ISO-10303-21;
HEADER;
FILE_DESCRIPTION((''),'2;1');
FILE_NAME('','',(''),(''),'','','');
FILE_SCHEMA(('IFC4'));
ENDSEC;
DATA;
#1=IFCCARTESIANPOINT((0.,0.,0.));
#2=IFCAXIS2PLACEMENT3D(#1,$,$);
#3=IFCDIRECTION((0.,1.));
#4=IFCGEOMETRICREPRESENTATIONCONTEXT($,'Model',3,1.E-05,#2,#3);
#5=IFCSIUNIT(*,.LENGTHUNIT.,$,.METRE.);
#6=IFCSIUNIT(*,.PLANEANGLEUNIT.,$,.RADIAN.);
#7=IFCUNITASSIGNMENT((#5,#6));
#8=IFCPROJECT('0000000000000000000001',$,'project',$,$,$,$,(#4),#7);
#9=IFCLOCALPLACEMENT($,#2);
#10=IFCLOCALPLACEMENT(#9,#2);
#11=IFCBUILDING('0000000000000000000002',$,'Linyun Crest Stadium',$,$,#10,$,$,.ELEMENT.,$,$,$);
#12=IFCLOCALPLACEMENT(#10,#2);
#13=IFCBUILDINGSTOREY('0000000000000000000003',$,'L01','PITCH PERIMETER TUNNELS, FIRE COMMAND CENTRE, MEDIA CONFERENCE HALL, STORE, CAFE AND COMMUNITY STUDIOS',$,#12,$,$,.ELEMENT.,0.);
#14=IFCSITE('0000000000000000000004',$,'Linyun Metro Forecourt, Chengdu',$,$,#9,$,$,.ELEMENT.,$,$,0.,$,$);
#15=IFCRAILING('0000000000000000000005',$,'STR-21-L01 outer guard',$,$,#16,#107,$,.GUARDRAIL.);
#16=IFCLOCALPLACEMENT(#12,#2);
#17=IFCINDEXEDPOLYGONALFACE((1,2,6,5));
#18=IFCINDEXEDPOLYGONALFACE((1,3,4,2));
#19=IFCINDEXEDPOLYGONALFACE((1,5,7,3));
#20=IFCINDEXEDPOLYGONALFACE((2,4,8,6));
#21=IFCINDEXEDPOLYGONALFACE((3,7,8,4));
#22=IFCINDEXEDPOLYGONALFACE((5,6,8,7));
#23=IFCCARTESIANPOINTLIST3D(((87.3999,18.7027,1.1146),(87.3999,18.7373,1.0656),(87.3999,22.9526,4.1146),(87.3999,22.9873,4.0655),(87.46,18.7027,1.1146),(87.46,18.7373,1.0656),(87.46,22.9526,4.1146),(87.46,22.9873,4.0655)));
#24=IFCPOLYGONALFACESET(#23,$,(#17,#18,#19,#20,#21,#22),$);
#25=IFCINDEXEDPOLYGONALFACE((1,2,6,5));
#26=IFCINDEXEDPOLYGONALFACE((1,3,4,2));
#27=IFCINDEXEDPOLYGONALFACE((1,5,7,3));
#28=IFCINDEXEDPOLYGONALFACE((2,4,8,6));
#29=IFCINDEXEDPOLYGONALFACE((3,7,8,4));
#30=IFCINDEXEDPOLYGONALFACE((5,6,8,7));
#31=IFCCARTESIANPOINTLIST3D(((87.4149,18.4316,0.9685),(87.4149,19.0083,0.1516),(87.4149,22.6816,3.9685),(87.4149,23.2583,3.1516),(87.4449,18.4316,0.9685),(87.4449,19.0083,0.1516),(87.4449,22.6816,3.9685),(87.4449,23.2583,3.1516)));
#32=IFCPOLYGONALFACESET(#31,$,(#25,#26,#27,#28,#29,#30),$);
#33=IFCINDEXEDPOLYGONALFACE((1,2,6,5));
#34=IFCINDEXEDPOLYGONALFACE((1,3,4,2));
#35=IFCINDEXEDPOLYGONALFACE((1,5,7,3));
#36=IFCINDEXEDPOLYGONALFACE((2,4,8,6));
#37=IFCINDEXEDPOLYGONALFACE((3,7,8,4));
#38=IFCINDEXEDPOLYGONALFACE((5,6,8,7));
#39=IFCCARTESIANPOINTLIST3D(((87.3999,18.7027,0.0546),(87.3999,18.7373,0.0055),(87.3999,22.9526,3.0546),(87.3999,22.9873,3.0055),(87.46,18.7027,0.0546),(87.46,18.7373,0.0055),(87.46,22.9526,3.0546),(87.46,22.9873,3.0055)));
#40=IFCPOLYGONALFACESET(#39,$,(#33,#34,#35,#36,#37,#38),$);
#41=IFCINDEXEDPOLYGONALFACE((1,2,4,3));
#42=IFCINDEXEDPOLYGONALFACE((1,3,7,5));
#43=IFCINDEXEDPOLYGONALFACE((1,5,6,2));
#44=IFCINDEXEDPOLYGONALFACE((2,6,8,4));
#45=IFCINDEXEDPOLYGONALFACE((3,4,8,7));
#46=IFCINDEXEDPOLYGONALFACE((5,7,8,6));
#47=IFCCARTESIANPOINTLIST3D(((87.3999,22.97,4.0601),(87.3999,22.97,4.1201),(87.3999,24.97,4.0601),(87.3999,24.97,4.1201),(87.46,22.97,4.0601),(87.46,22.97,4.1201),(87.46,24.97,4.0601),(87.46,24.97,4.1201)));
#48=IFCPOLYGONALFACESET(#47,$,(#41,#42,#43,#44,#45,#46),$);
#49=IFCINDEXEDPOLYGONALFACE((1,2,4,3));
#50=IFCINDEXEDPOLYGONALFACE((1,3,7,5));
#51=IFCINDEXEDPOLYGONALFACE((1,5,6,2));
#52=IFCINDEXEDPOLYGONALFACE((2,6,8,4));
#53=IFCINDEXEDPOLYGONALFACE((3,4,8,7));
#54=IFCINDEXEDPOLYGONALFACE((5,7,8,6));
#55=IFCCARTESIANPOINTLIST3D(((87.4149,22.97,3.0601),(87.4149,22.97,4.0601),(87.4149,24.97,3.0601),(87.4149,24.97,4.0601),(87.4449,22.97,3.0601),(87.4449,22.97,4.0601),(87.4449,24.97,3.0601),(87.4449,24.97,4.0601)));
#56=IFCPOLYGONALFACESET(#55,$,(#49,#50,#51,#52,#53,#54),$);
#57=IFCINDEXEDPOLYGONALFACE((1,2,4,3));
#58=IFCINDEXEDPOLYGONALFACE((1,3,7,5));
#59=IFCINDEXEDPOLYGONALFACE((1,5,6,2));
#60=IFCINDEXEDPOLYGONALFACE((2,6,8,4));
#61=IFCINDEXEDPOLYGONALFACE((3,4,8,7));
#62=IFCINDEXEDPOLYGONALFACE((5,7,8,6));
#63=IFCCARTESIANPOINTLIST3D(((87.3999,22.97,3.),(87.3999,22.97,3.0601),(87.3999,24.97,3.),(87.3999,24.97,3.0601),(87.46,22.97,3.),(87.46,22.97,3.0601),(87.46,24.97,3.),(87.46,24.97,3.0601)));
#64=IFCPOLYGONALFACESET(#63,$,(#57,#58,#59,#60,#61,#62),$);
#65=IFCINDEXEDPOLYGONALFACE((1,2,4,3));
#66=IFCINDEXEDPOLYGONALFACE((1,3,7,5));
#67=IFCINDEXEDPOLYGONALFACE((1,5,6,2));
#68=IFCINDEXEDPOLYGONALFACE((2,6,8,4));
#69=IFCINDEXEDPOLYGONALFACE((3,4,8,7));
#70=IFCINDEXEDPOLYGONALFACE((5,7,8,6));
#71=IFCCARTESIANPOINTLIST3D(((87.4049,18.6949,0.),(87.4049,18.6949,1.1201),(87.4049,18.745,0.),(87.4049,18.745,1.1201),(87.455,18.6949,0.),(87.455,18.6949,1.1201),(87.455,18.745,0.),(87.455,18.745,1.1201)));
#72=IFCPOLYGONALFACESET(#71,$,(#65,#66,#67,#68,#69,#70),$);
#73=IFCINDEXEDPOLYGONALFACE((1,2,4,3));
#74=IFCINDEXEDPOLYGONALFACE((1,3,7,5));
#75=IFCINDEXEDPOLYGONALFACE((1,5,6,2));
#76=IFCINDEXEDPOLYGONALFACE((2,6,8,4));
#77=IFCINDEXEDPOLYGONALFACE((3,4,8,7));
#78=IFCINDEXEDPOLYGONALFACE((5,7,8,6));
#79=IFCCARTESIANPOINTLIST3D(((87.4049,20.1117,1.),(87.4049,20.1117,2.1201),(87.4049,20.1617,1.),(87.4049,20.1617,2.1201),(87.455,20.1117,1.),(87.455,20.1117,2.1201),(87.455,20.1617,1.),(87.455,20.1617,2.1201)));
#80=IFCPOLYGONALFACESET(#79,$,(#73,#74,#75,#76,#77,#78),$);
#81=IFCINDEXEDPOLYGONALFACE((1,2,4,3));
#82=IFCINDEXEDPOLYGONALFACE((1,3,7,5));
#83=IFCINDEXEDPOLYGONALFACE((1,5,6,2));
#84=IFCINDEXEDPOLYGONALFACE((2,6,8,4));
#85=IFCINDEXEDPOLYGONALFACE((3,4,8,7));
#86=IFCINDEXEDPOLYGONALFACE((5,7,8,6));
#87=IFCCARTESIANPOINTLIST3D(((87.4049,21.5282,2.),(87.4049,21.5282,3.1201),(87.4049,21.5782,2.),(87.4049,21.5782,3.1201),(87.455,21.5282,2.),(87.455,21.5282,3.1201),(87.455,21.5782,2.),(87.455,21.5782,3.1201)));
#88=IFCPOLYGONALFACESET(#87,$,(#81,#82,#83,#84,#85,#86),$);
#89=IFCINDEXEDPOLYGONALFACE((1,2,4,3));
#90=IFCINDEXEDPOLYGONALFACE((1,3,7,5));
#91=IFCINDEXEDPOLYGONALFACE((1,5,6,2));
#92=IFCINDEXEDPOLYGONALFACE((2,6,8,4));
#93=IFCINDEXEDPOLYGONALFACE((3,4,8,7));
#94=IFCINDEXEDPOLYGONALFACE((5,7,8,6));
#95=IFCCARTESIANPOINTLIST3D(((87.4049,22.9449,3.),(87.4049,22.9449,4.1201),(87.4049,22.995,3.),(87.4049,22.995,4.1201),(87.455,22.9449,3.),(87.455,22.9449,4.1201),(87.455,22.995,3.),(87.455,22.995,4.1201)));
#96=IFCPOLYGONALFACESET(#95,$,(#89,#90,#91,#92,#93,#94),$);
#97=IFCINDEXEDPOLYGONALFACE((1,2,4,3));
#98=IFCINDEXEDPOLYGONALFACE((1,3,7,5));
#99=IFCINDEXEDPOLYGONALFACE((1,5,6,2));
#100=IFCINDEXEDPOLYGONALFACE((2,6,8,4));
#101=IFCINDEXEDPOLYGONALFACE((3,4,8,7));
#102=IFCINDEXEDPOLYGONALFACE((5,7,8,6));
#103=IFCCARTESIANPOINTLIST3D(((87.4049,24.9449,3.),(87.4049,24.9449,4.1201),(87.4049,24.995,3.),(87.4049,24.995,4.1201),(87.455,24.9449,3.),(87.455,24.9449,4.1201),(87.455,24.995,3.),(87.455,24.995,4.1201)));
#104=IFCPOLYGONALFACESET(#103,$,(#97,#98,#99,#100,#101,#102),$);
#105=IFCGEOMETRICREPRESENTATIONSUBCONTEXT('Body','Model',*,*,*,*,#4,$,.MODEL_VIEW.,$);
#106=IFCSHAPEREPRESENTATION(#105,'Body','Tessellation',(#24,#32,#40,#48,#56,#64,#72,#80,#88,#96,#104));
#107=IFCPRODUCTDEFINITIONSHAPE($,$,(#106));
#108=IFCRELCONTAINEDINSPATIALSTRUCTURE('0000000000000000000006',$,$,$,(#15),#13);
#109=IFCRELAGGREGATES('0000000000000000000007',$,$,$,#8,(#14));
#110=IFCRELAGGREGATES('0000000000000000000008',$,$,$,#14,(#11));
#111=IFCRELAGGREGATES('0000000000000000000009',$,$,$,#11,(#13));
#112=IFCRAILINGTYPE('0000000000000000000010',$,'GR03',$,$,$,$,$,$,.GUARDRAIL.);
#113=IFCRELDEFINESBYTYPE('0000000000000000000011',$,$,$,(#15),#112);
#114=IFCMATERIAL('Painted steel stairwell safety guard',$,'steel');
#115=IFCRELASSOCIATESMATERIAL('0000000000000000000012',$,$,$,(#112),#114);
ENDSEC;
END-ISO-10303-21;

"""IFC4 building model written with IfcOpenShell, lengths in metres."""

from ifc_helpers import new_model, si_unit, direction, frame, origin, origin_2d, place, context, subcontext, project, spatial, rectangle, extrude, material, type_object, element, save


model = new_model("IFC4")

# Units and contexts
model_context = context("Model", 3, precision=1e-05, world=origin(), true_north=direction((0.0, 1.0)))
body_context = subcontext(model_context, "Body", "Model", "MODEL_VIEW")
ifc_project = project(units=[si_unit("LENGTHUNIT", "METRE"), si_unit("PLANEANGLEUNIT", "RADIAN")], contexts=[model_context])

# Site, building, storey
site_placement = place(None, origin())
site = spatial("IfcSite", under=ifc_project, at=site_placement, Name="Linyun Metro Forecourt, Chengdu", CompositionType="ELEMENT", RefElevation=0.0)
building_placement = place(site_placement, origin())
building = spatial("IfcBuilding", under=site, at=building_placement, Name="Linyun Crest Stadium", CompositionType="ELEMENT")
storey_placement = place(building_placement, origin())
storey = spatial("IfcBuildingStorey", under=building, at=storey_placement, Name="L01", Description="PITCH PERIMETER TUNNELS, FIRE COMMAND CENTRE, MEDIA CONFERENCE HALL, STORE, CAFE AND COMMUNITY STUDIOS", CompositionType="ELEMENT", Elevation=0.0)

# Railing
ifc_material_1 = material(Name="Painted steel stairwell safety guard", Category="steel")
railing_type_1 = type_object("IfcRailingType", Name="GR03", PredefinedType="GUARDRAIL", material=ifc_material_1)
railing_1_placement = place(storey_placement, frame((87.4299, 18.72, 0.0)))
element("IfcRailing", 1, at=railing_1_placement, inside=storey, type_object=railing_type_1, Name="STR-21-L01 outer guard", PredefinedType="GUARDRAIL", context=body_context, shape_type="SweptSolid", body=[
    extrude(rectangle(XDim=0.0601, YDim=0.0601, at=origin_2d()), frame((0.0, 0.0, 1.0901), z_axis=(0.0, 0.816968, 0.576683), x_axis=(-1.0, 0.0, 0.0)), (0.0, 0.0, 1.0), 5.2021),
    extrude(rectangle(XDim=0.03, YDim=1.0, at=origin_2d()), frame((0.0, 0.0, 0.5601), z_axis=(0.0, 0.816968, 0.576683), x_axis=(-1.0, 0.0, 0.0)), (0.0, 0.0, 1.0), 5.2021),
    extrude(rectangle(XDim=0.0601, YDim=0.0601, at=origin_2d()), frame((0.0, 0.0, 0.03), z_axis=(0.0, 0.816968, 0.576683), x_axis=(-1.0, 0.0, 0.0)), (0.0, 0.0, 1.0), 5.2021),
    extrude(rectangle(XDim=0.0601, YDim=0.0601, at=origin_2d()), frame((0.0, 4.25, 4.0901), z_axis=(0.0, 1.0, 0.0), x_axis=(-1.0, 0.0, 0.0)), (0.0, 0.0, 1.0), 2.0),
    extrude(rectangle(XDim=0.03, YDim=1.0, at=origin_2d()), frame((0.0, 4.25, 3.5601), z_axis=(0.0, 1.0, 0.0), x_axis=(-1.0, 0.0, 0.0)), (0.0, 0.0, 1.0), 2.0),
    extrude(rectangle(XDim=0.0601, YDim=0.0601, at=origin_2d()), frame((0.0, 4.25, 3.03), z_axis=(0.0, 1.0, 0.0), x_axis=(-1.0, 0.0, 0.0)), (0.0, 0.0, 1.0), 2.0),
    extrude(rectangle(XDim=0.05, YDim=0.05, at=origin_2d()), origin(), (0.0, 0.0, 1.0), 1.1201),
    extrude(rectangle(XDim=0.05, YDim=0.05, at=origin_2d()), frame((0.0, 1.4167, 1.0)), (0.0, 0.0, 1.0), 1.1201),
    extrude(rectangle(XDim=0.05, YDim=0.05, at=origin_2d()), frame((0.0, 2.8333, 2.0)), (0.0, 0.0, 1.0), 1.1201),
    extrude(rectangle(XDim=0.05, YDim=0.05, at=origin_2d()), frame((0.0, 4.25, 3.0)), (0.0, 0.0, 1.0), 1.1201),
    extrude(rectangle(XDim=0.05, YDim=0.05, at=origin_2d()), frame((0.0, 6.25, 3.0)), (0.0, 0.0, 1.0), 1.1201),
])

save(model, "model.ifc")
